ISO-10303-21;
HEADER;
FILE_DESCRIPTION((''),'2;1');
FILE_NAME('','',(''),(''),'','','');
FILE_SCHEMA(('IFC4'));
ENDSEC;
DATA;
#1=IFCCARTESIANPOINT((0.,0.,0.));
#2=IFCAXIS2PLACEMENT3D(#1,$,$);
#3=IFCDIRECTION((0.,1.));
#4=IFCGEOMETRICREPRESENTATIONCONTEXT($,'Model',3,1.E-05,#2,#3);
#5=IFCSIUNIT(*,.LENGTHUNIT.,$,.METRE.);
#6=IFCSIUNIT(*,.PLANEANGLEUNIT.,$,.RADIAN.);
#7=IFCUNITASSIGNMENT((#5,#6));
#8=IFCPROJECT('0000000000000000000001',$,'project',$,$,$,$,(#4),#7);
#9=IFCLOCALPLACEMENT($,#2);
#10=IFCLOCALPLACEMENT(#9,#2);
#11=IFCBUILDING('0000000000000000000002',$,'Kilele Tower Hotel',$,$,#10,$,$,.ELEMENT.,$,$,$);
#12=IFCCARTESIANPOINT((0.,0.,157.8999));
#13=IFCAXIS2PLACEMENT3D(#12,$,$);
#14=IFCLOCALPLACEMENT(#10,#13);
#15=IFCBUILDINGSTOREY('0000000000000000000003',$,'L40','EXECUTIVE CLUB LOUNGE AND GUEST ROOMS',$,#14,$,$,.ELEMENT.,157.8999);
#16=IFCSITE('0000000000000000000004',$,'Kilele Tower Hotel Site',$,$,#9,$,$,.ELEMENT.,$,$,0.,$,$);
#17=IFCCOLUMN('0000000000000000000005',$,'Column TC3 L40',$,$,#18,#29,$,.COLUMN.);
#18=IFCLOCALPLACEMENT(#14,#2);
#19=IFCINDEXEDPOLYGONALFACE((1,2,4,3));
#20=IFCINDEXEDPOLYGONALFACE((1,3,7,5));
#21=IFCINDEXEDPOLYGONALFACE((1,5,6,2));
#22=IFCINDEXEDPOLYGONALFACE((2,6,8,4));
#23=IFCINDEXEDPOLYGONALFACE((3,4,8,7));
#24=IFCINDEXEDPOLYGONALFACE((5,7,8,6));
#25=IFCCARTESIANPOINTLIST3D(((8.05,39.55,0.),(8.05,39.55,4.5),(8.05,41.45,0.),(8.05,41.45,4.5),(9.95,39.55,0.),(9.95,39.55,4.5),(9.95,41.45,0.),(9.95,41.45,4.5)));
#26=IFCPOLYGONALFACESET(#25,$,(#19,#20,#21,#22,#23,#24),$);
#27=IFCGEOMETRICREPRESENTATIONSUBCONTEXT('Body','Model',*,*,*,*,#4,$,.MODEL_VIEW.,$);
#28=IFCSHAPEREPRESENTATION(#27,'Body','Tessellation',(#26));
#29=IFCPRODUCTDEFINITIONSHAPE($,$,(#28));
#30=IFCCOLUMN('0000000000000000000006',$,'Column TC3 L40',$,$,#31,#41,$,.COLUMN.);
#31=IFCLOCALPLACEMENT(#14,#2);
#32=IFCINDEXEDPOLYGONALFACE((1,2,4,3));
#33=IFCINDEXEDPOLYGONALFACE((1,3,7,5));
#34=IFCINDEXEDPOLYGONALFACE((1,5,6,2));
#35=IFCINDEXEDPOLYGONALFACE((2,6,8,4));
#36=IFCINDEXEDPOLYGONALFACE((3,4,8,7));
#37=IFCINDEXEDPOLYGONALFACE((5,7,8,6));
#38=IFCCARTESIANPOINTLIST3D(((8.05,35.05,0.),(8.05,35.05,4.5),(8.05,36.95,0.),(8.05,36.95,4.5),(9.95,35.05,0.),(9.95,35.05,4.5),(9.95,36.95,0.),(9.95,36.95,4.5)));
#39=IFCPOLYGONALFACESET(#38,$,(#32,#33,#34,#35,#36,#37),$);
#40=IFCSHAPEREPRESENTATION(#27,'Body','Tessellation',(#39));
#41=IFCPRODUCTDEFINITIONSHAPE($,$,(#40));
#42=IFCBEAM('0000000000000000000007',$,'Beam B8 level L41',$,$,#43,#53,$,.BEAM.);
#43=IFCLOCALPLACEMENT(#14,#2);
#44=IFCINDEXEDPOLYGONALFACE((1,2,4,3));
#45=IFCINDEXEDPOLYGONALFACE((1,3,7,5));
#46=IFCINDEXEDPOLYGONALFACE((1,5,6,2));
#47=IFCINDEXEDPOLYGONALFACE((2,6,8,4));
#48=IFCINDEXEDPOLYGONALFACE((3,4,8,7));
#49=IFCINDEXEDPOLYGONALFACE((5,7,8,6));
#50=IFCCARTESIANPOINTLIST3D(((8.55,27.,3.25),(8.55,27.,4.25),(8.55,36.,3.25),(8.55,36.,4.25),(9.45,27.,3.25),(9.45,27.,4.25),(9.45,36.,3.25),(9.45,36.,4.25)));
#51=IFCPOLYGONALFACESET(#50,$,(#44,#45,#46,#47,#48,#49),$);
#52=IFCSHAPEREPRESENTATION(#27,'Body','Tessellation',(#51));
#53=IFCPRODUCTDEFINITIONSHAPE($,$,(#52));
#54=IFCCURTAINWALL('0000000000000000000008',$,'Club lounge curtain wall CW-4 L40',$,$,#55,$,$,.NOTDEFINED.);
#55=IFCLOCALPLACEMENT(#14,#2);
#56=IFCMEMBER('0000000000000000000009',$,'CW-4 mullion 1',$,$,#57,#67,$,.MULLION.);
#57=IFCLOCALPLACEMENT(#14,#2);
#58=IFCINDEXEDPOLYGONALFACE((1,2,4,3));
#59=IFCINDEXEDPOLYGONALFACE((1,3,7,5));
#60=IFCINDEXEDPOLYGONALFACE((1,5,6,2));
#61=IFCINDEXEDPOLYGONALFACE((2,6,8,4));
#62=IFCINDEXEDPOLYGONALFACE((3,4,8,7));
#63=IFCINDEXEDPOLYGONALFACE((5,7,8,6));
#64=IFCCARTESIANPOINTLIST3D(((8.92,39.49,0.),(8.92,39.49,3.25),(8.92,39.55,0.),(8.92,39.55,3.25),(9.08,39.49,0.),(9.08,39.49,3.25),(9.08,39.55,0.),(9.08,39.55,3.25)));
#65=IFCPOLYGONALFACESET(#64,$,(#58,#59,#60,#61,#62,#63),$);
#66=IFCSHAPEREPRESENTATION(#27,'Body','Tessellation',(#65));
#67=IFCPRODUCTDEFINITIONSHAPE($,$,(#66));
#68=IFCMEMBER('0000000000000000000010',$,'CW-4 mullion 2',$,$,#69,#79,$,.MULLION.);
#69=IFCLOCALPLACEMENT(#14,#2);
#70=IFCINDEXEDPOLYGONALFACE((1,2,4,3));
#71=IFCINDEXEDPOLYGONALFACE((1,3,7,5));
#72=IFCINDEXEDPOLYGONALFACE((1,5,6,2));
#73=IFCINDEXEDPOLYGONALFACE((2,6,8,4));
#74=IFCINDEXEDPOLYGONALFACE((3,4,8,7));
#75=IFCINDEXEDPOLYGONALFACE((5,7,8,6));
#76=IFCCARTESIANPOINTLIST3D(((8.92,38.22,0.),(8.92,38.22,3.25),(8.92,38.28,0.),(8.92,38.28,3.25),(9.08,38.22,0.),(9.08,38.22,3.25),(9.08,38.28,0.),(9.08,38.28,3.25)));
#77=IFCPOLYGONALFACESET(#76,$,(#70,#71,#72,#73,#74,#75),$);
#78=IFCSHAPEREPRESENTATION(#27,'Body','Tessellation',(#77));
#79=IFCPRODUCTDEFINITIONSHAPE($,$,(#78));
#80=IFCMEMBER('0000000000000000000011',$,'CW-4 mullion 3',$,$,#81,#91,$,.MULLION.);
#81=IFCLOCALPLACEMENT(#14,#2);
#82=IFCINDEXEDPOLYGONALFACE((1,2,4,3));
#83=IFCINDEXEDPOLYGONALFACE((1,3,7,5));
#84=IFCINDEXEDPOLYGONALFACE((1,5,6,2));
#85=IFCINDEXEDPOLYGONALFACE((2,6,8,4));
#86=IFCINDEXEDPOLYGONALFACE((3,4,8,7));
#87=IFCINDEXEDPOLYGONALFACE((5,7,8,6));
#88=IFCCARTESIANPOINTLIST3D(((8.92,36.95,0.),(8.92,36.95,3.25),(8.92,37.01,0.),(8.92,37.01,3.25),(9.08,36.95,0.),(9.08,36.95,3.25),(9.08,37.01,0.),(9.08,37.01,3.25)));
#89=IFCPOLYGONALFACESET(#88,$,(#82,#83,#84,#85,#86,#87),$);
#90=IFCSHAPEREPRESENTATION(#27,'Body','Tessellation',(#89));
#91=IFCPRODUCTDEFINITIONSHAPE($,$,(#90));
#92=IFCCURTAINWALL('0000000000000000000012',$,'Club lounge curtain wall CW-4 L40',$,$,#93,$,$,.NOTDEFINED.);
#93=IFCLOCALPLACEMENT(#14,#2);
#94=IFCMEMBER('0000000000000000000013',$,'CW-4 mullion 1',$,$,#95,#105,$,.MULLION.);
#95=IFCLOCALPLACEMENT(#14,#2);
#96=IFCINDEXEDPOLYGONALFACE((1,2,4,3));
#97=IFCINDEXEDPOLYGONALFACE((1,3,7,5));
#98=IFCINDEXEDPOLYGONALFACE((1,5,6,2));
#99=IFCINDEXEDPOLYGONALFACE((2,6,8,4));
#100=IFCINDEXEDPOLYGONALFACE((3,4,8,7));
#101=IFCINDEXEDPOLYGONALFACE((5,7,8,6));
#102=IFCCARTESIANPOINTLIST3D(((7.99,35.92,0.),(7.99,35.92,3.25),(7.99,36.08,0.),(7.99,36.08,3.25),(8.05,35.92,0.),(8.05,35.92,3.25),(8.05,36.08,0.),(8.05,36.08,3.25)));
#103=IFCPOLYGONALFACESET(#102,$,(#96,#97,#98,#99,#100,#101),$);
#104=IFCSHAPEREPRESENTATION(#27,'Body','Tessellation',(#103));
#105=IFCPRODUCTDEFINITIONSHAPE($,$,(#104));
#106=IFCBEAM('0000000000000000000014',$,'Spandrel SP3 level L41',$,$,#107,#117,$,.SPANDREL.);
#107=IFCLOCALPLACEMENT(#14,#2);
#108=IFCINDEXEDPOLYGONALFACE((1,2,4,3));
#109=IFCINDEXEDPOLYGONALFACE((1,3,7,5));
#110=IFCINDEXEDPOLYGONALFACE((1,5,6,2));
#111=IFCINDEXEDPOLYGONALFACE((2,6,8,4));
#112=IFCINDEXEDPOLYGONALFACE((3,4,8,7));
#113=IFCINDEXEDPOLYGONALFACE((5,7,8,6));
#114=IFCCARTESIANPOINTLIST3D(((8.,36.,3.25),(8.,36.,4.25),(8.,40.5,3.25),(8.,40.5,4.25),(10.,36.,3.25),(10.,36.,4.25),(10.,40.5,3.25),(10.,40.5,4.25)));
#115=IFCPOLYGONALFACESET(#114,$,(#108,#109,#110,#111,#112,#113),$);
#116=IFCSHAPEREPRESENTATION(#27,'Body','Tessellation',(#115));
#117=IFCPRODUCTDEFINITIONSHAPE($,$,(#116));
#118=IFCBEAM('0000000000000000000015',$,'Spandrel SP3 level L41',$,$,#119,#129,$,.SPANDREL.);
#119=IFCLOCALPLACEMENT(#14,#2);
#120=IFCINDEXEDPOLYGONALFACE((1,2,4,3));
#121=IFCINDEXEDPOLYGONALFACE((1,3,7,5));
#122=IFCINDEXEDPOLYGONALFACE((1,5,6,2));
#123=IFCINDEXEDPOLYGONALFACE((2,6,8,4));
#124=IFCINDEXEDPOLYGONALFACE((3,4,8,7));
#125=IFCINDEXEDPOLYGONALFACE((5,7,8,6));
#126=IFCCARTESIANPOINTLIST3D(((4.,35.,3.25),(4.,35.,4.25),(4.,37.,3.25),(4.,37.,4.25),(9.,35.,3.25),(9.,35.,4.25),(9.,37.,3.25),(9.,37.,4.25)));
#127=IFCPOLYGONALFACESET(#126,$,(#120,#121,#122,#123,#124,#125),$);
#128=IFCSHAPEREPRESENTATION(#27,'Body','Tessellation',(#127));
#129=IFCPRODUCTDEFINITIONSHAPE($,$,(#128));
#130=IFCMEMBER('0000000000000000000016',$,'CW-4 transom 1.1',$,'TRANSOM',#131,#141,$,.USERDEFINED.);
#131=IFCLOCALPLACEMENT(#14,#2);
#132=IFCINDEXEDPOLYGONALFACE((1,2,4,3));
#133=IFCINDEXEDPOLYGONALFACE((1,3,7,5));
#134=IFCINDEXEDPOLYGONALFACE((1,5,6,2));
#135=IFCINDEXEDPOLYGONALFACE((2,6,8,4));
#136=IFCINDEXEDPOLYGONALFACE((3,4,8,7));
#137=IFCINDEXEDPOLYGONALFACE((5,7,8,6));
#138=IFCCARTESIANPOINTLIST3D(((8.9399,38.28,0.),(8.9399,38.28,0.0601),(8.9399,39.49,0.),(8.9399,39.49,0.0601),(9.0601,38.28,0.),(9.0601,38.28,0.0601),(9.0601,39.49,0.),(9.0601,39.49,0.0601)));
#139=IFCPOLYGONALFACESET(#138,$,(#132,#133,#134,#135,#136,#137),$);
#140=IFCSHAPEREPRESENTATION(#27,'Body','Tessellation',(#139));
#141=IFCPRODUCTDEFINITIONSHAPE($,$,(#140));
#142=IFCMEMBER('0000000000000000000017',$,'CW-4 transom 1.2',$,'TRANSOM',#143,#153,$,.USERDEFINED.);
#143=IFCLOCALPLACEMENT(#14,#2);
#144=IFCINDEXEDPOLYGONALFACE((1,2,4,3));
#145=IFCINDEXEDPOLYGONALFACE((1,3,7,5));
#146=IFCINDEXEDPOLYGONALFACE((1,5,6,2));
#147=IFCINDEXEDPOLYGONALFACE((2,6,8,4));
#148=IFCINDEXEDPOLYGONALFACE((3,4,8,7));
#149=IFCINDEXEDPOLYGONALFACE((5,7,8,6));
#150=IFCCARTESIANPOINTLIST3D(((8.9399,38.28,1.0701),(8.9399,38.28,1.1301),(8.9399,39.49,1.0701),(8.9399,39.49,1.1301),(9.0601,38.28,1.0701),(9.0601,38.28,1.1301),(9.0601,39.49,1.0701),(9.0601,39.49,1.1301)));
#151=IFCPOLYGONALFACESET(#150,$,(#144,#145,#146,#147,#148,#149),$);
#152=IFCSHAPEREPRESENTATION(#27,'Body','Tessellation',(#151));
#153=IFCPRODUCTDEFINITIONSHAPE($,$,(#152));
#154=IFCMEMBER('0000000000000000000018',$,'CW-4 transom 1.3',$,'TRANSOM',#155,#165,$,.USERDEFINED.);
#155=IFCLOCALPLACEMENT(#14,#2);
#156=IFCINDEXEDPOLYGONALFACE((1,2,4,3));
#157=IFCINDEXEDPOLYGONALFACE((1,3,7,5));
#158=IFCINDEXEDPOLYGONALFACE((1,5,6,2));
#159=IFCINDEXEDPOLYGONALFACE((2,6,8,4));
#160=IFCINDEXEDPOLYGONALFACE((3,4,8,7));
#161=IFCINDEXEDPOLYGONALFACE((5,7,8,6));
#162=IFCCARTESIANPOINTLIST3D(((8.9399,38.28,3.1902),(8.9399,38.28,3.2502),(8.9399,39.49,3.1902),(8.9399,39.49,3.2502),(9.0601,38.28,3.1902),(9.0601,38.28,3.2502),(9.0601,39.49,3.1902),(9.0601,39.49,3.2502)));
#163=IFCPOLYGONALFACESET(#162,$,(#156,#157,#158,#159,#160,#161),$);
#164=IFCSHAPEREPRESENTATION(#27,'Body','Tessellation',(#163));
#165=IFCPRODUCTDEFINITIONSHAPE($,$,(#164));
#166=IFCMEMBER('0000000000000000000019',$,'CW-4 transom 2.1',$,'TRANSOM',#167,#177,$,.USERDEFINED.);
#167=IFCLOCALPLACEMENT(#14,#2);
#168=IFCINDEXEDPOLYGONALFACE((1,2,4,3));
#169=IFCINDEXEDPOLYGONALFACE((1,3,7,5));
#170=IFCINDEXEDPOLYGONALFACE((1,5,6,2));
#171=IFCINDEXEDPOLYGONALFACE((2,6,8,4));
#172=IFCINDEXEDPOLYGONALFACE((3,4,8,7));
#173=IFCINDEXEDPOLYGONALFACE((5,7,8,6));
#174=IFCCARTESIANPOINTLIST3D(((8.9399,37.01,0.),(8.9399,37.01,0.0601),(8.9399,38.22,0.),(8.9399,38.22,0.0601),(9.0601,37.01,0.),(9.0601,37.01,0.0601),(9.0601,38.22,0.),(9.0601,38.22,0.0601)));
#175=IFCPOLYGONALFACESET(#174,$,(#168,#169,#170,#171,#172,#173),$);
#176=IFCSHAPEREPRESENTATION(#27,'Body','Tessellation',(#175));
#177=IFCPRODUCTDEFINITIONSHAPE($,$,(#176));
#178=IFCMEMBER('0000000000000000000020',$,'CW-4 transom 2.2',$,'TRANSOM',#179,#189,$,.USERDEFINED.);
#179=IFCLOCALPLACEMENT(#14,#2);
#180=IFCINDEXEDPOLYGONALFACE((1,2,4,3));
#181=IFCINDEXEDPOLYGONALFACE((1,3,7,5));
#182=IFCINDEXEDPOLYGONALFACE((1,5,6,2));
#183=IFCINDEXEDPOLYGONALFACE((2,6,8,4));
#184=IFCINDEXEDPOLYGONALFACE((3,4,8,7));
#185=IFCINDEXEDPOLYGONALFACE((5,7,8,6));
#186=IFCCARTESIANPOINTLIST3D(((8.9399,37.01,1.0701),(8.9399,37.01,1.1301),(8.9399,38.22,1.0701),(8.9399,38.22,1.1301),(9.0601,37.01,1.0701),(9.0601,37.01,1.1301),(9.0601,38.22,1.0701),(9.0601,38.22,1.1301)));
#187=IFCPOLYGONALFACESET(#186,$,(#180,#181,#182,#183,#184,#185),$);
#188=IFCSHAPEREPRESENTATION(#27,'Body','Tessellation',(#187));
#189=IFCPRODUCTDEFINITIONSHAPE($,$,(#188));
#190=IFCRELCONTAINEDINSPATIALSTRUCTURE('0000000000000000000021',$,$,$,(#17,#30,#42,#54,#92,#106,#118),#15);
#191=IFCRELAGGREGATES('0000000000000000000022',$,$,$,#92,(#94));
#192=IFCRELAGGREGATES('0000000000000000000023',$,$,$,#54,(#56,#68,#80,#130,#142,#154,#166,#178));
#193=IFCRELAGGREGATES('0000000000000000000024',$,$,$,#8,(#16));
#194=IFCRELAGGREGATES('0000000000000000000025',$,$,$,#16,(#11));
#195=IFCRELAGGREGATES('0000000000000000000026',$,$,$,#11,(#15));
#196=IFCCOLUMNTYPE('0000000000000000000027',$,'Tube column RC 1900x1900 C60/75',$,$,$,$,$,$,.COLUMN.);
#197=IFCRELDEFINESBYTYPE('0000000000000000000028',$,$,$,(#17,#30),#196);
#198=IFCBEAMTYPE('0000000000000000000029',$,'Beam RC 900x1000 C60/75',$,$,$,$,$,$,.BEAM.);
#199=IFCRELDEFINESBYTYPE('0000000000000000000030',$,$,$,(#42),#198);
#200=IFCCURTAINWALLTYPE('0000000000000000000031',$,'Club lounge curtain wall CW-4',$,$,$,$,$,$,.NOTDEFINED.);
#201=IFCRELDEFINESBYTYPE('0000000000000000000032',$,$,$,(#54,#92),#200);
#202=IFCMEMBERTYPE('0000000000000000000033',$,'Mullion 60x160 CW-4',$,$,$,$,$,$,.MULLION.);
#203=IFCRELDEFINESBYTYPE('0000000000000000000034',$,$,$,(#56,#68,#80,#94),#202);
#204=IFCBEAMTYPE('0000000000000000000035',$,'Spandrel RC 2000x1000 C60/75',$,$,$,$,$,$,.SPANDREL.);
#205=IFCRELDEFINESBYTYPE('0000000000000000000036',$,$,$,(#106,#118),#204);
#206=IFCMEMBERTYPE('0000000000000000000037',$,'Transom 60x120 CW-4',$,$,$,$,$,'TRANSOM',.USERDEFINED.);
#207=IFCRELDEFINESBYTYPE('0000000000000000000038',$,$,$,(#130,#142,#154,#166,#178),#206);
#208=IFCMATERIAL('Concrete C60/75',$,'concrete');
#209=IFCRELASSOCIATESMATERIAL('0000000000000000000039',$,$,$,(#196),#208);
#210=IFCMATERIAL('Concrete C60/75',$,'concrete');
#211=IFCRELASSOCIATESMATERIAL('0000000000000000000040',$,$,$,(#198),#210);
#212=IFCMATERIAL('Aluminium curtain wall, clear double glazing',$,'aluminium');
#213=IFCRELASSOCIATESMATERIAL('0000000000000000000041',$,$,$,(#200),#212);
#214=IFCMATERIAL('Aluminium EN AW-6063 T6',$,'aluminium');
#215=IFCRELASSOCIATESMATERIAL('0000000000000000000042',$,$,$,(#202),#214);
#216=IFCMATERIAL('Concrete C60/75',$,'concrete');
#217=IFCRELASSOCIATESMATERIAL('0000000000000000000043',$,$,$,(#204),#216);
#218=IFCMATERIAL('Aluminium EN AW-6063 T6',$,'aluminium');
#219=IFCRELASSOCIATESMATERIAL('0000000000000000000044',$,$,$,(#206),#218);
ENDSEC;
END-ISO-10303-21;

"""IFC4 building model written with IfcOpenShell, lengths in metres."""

from ifc_helpers import new_model, si_unit, direction, frame, origin, origin_2d, place, context, subcontext, project, spatial, rectangle, extrude, material, material_profile, profile_set, type_object, element, aggregate, save


model = new_model("IFC4")

# Units and contexts
model_context = context("Model", 3, precision=1e-05, world=origin(), true_north=direction((0.0, 1.0)))
body_context = subcontext(model_context, "Body", "Model", "MODEL_VIEW")
ifc_project = project(units=[si_unit("LENGTHUNIT", "METRE"), si_unit("PLANEANGLEUNIT", "RADIAN")], contexts=[model_context])

# Site, building, storey
site_placement = place(None, origin())
site = spatial("IfcSite", under=ifc_project, at=site_placement, Name="Kilele Tower Hotel Site", CompositionType="ELEMENT", RefElevation=0.0)
building_placement = place(site_placement, origin())
building = spatial("IfcBuilding", under=site, at=building_placement, Name="Kilele Tower Hotel", CompositionType="ELEMENT")
storey_placement = place(building_placement, frame((0.0, 0.0, 157.8999)))
storey = spatial("IfcBuildingStorey", under=building, at=storey_placement, Name="L40", Description="EXECUTIVE CLUB LOUNGE AND GUEST ROOMS", CompositionType="ELEMENT", Elevation=157.8999)

# Columns
ifc_material_1 = material(Name="Concrete C60/75", Category="concrete")
ifc_material_profile_1 = material_profile(ifc_material_1, rectangle(XDim=1.8999, YDim=1.8999, at=origin_2d()))
ifc_profile_set_1 = profile_set([ifc_material_profile_1], Name="Concrete C60/75")
column_type = type_object("IfcColumnType", Name="Tube column RC 1900x1900 C60/75", PredefinedType="COLUMN", material=ifc_profile_set_1)
for number, where, z_axis, x_axis, name in (
    (1, (9.0, 40.5, 0.0), (0.0, 0.0, 1.0), (1.0, 0.0, 0.0), "Column TC3 L40"),
    (2, (9.0, 36.0, 0.0), (0.0, 0.0, 1.0), (1.0, 0.0, 0.0), "Column TC3 L40"),
):
    element("IfcColumn", number, at=place(storey_placement, frame(where, z_axis=z_axis, x_axis=x_axis)), inside=storey, type_object=column_type, Name=name, PredefinedType="COLUMN", context=body_context, shape_type="SweptSolid", body=[
        extrude(rectangle(XDim=1.8999, YDim=1.8999, at=origin_2d()), origin(), (0.0, 0.0, 1.0), 4.5),
    ])

# Beam
ifc_material_2 = material(Name="Concrete C60/75", Category="concrete")
ifc_material_profile_2 = material_profile(ifc_material_2, rectangle(XDim=0.8999, YDim=1.0, at=origin_2d()))
ifc_profile_set_2 = profile_set([ifc_material_profile_2], Name="Concrete C60/75")
beam_type_1 = type_object("IfcBeamType", Name="Beam RC 900x1000 C60/75", PredefinedType="BEAM", material=ifc_profile_set_2)
beam_1_placement = place(storey_placement, frame((9.0, 36.0, 3.75), z_axis=(0.0, -1.0, 0.0), x_axis=(1.0, 0.0, 0.0)))
element("IfcBeam", 3, at=beam_1_placement, inside=storey, type_object=beam_type_1, Name="Beam B8 level L41", PredefinedType="BEAM", context=body_context, shape_type="SweptSolid", body=[
    extrude(rectangle(XDim=0.8999, YDim=1.0, at=origin_2d()), origin(), (0.0, 0.0, 1.0), 9.0),
])

# Curtain wall, members
ifc_material_3 = material(Name="Aluminium curtain wall, clear double glazing", Category="aluminium")
curtain_wall_type = type_object("IfcCurtainWallType", Name="Club lounge curtain wall CW-4", PredefinedType="NOTDEFINED", material=ifc_material_3)
curtain_wall_1_placement = place(storey_placement, origin())
curtain_wall_1 = element("IfcCurtainWall", 4, at=curtain_wall_1_placement, inside=storey, type_object=curtain_wall_type, Name="Club lounge curtain wall CW-4 L40", PredefinedType="NOTDEFINED")
ifc_material_4 = material(Name="Aluminium EN AW-6063 T6", Category="aluminium")
ifc_material_profile_3 = material_profile(ifc_material_4, rectangle(XDim=0.1599, YDim=0.0601, at=origin_2d()))
ifc_profile_set_3 = profile_set([ifc_material_profile_3], Name="Aluminium EN AW-6063 T6")
member_type_1 = type_object("IfcMemberType", Name="Mullion 60x160 CW-4", PredefinedType="MULLION", material=ifc_profile_set_3)
member_1_placement = place(storey_placement, frame((9.0, 39.52, 0.0), z_axis=(0.0, 0.0, 1.0), x_axis=(1.0, 0.0, 0.0)))
member_1 = element("IfcMember", 5, at=member_1_placement, type_object=member_type_1, Name="CW-4 mullion 1", PredefinedType="MULLION", context=body_context, shape_type="SweptSolid", body=[
    extrude(rectangle(XDim=0.1599, YDim=0.0601, at=origin_2d()), origin(), (0.0, 0.0, 1.0), 3.25),
])
member_2_placement = place(storey_placement, frame((9.0, 38.25, 0.0), z_axis=(0.0, 0.0, 1.0), x_axis=(1.0, 0.0, 0.0)))
member_2 = element("IfcMember", 6, at=member_2_placement, type_object=member_type_1, Name="CW-4 mullion 2", PredefinedType="MULLION", context=body_context, shape_type="SweptSolid", body=[
    extrude(rectangle(XDim=0.1599, YDim=0.0601, at=origin_2d()), origin(), (0.0, 0.0, 1.0), 3.25),
])
member_3_placement = place(storey_placement, frame((9.0, 36.98, 0.0), z_axis=(0.0, 0.0, 1.0), x_axis=(1.0, 0.0, 0.0)))
member_3 = element("IfcMember", 7, at=member_3_placement, type_object=member_type_1, Name="CW-4 mullion 3", PredefinedType="MULLION", context=body_context, shape_type="SweptSolid", body=[
    extrude(rectangle(XDim=0.1599, YDim=0.0601, at=origin_2d()), origin(), (0.0, 0.0, 1.0), 3.25),
])

# Curtain wall, member
curtain_wall_2_placement = place(storey_placement, origin())
curtain_wall_2 = element("IfcCurtainWall", 8, at=curtain_wall_2_placement, inside=storey, type_object=curtain_wall_type, Name="Club lounge curtain wall CW-4 L40", PredefinedType="NOTDEFINED")
member_4_placement = place(storey_placement, frame((8.02, 36.0, 0.0), z_axis=(0.0, 0.0, 1.0), x_axis=(0.0, -1.0, 0.0)))
member_4 = element("IfcMember", 9, at=member_4_placement, type_object=member_type_1, Name="CW-4 mullion 1", PredefinedType="MULLION", context=body_context, shape_type="SweptSolid", body=[
    extrude(rectangle(XDim=0.1599, YDim=0.0601, at=origin_2d()), origin(), (0.0, 0.0, 1.0), 3.25),
])

# Beams
ifc_material_5 = material(Name="Concrete C60/75", Category="concrete")
ifc_material_profile_4 = material_profile(ifc_material_5, rectangle(XDim=2.0, YDim=1.0, at=origin_2d()))
ifc_profile_set_4 = profile_set([ifc_material_profile_4], Name="Concrete C60/75")
beam_type_2 = type_object("IfcBeamType", Name="Spandrel RC 2000x1000 C60/75", PredefinedType="SPANDREL", material=ifc_profile_set_4)
beam_2_placement = place(storey_placement, frame((9.0, 40.5, 3.75), z_axis=(0.0, -1.0, 0.0), x_axis=(1.0, 0.0, 0.0)))
element("IfcBeam", 10, at=beam_2_placement, inside=storey, type_object=beam_type_2, Name="Spandrel SP3 level L41", PredefinedType="SPANDREL", context=body_context, shape_type="SweptSolid", body=[
    extrude(rectangle(XDim=2.0, YDim=1.0, at=origin_2d()), origin(), (0.0, 0.0, 1.0), 4.5),
])
beam_3_placement = place(storey_placement, frame((9.0, 36.0, 3.75), z_axis=(-1.0, 0.0, 0.0), x_axis=(0.0, -1.0, 0.0)))
element("IfcBeam", 11, at=beam_3_placement, inside=storey, type_object=beam_type_2, Name="Spandrel SP3 level L41", PredefinedType="SPANDREL", context=body_context, shape_type="SweptSolid", body=[
    extrude(rectangle(XDim=2.0, YDim=1.0, at=origin_2d()), origin(), (0.0, 0.0, 1.0), 5.0),
])

# Members
ifc_material_6 = material(Name="Aluminium EN AW-6063 T6", Category="aluminium")
ifc_material_profile_5 = material_profile(ifc_material_6, rectangle(XDim=0.1201, YDim=0.0601, at=origin_2d()))
ifc_profile_set_5 = profile_set([ifc_material_profile_5], Name="Aluminium EN AW-6063 T6")
member_type_2 = type_object("IfcMemberType", Name="Transom 60x120 CW-4", ElementType="TRANSOM", PredefinedType="USERDEFINED", material=ifc_profile_set_5)
member_5_placement = place(storey_placement, frame((9.0, 39.49, 0.03), z_axis=(0.0, -1.0, 0.0), x_axis=(1.0, 0.0, 0.0)))
member_5 = element("IfcMember", 12, at=member_5_placement, type_object=member_type_2, Name="CW-4 transom 1.1", ObjectType="TRANSOM", PredefinedType="USERDEFINED", context=body_context, shape_type="SweptSolid", body=[
    extrude(rectangle(XDim=0.1201, YDim=0.0601, at=origin_2d()), origin(), (0.0, 0.0, 1.0), 1.21),
])
member_6_placement = place(storey_placement, frame((9.0, 39.49, 1.1001), z_axis=(0.0, -1.0, 0.0), x_axis=(1.0, 0.0, 0.0)))
member_6 = element("IfcMember", 13, at=member_6_placement, type_object=member_type_2, Name="CW-4 transom 1.2", ObjectType="TRANSOM", PredefinedType="USERDEFINED", context=body_context, shape_type="SweptSolid", body=[
    extrude(rectangle(XDim=0.1201, YDim=0.0601, at=origin_2d()), origin(), (0.0, 0.0, 1.0), 1.21),
])
member_7_placement = place(storey_placement, frame((9.0, 39.49, 3.2202), z_axis=(0.0, -1.0, 0.0), x_axis=(1.0, 0.0, 0.0)))
member_7 = element("IfcMember", 14, at=member_7_placement, type_object=member_type_2, Name="CW-4 transom 1.3", ObjectType="TRANSOM", PredefinedType="USERDEFINED", context=body_context, shape_type="SweptSolid", body=[
    extrude(rectangle(XDim=0.1201, YDim=0.0601, at=origin_2d()), origin(), (0.0, 0.0, 1.0), 1.21),
])
member_8_placement = place(storey_placement, frame((9.0, 38.22, 0.03), z_axis=(0.0, -1.0, 0.0), x_axis=(1.0, 0.0, 0.0)))
member_8 = element("IfcMember", 15, at=member_8_placement, type_object=member_type_2, Name="CW-4 transom 2.1", ObjectType="TRANSOM", PredefinedType="USERDEFINED", context=body_context, shape_type="SweptSolid", body=[
    extrude(rectangle(XDim=0.1201, YDim=0.0601, at=origin_2d()), origin(), (0.0, 0.0, 1.0), 1.21),
])
member_9_placement = place(storey_placement, frame((9.0, 38.22, 1.1001), z_axis=(0.0, -1.0, 0.0), x_axis=(1.0, 0.0, 0.0)))
member_9 = element("IfcMember", 16, at=member_9_placement, type_object=member_type_2, Name="CW-4 transom 2.2", ObjectType="TRANSOM", PredefinedType="USERDEFINED", context=body_context, shape_type="SweptSolid", body=[
    extrude(rectangle(XDim=0.1201, YDim=0.0601, at=origin_2d()), origin(), (0.0, 0.0, 1.0), 1.21),
])
aggregate(curtain_wall_2, [member_4])

aggregate(curtain_wall_1, [member_1, member_2, member_3, member_5, member_6, member_7, member_8, member_9])

save(model, "model.ifc")
